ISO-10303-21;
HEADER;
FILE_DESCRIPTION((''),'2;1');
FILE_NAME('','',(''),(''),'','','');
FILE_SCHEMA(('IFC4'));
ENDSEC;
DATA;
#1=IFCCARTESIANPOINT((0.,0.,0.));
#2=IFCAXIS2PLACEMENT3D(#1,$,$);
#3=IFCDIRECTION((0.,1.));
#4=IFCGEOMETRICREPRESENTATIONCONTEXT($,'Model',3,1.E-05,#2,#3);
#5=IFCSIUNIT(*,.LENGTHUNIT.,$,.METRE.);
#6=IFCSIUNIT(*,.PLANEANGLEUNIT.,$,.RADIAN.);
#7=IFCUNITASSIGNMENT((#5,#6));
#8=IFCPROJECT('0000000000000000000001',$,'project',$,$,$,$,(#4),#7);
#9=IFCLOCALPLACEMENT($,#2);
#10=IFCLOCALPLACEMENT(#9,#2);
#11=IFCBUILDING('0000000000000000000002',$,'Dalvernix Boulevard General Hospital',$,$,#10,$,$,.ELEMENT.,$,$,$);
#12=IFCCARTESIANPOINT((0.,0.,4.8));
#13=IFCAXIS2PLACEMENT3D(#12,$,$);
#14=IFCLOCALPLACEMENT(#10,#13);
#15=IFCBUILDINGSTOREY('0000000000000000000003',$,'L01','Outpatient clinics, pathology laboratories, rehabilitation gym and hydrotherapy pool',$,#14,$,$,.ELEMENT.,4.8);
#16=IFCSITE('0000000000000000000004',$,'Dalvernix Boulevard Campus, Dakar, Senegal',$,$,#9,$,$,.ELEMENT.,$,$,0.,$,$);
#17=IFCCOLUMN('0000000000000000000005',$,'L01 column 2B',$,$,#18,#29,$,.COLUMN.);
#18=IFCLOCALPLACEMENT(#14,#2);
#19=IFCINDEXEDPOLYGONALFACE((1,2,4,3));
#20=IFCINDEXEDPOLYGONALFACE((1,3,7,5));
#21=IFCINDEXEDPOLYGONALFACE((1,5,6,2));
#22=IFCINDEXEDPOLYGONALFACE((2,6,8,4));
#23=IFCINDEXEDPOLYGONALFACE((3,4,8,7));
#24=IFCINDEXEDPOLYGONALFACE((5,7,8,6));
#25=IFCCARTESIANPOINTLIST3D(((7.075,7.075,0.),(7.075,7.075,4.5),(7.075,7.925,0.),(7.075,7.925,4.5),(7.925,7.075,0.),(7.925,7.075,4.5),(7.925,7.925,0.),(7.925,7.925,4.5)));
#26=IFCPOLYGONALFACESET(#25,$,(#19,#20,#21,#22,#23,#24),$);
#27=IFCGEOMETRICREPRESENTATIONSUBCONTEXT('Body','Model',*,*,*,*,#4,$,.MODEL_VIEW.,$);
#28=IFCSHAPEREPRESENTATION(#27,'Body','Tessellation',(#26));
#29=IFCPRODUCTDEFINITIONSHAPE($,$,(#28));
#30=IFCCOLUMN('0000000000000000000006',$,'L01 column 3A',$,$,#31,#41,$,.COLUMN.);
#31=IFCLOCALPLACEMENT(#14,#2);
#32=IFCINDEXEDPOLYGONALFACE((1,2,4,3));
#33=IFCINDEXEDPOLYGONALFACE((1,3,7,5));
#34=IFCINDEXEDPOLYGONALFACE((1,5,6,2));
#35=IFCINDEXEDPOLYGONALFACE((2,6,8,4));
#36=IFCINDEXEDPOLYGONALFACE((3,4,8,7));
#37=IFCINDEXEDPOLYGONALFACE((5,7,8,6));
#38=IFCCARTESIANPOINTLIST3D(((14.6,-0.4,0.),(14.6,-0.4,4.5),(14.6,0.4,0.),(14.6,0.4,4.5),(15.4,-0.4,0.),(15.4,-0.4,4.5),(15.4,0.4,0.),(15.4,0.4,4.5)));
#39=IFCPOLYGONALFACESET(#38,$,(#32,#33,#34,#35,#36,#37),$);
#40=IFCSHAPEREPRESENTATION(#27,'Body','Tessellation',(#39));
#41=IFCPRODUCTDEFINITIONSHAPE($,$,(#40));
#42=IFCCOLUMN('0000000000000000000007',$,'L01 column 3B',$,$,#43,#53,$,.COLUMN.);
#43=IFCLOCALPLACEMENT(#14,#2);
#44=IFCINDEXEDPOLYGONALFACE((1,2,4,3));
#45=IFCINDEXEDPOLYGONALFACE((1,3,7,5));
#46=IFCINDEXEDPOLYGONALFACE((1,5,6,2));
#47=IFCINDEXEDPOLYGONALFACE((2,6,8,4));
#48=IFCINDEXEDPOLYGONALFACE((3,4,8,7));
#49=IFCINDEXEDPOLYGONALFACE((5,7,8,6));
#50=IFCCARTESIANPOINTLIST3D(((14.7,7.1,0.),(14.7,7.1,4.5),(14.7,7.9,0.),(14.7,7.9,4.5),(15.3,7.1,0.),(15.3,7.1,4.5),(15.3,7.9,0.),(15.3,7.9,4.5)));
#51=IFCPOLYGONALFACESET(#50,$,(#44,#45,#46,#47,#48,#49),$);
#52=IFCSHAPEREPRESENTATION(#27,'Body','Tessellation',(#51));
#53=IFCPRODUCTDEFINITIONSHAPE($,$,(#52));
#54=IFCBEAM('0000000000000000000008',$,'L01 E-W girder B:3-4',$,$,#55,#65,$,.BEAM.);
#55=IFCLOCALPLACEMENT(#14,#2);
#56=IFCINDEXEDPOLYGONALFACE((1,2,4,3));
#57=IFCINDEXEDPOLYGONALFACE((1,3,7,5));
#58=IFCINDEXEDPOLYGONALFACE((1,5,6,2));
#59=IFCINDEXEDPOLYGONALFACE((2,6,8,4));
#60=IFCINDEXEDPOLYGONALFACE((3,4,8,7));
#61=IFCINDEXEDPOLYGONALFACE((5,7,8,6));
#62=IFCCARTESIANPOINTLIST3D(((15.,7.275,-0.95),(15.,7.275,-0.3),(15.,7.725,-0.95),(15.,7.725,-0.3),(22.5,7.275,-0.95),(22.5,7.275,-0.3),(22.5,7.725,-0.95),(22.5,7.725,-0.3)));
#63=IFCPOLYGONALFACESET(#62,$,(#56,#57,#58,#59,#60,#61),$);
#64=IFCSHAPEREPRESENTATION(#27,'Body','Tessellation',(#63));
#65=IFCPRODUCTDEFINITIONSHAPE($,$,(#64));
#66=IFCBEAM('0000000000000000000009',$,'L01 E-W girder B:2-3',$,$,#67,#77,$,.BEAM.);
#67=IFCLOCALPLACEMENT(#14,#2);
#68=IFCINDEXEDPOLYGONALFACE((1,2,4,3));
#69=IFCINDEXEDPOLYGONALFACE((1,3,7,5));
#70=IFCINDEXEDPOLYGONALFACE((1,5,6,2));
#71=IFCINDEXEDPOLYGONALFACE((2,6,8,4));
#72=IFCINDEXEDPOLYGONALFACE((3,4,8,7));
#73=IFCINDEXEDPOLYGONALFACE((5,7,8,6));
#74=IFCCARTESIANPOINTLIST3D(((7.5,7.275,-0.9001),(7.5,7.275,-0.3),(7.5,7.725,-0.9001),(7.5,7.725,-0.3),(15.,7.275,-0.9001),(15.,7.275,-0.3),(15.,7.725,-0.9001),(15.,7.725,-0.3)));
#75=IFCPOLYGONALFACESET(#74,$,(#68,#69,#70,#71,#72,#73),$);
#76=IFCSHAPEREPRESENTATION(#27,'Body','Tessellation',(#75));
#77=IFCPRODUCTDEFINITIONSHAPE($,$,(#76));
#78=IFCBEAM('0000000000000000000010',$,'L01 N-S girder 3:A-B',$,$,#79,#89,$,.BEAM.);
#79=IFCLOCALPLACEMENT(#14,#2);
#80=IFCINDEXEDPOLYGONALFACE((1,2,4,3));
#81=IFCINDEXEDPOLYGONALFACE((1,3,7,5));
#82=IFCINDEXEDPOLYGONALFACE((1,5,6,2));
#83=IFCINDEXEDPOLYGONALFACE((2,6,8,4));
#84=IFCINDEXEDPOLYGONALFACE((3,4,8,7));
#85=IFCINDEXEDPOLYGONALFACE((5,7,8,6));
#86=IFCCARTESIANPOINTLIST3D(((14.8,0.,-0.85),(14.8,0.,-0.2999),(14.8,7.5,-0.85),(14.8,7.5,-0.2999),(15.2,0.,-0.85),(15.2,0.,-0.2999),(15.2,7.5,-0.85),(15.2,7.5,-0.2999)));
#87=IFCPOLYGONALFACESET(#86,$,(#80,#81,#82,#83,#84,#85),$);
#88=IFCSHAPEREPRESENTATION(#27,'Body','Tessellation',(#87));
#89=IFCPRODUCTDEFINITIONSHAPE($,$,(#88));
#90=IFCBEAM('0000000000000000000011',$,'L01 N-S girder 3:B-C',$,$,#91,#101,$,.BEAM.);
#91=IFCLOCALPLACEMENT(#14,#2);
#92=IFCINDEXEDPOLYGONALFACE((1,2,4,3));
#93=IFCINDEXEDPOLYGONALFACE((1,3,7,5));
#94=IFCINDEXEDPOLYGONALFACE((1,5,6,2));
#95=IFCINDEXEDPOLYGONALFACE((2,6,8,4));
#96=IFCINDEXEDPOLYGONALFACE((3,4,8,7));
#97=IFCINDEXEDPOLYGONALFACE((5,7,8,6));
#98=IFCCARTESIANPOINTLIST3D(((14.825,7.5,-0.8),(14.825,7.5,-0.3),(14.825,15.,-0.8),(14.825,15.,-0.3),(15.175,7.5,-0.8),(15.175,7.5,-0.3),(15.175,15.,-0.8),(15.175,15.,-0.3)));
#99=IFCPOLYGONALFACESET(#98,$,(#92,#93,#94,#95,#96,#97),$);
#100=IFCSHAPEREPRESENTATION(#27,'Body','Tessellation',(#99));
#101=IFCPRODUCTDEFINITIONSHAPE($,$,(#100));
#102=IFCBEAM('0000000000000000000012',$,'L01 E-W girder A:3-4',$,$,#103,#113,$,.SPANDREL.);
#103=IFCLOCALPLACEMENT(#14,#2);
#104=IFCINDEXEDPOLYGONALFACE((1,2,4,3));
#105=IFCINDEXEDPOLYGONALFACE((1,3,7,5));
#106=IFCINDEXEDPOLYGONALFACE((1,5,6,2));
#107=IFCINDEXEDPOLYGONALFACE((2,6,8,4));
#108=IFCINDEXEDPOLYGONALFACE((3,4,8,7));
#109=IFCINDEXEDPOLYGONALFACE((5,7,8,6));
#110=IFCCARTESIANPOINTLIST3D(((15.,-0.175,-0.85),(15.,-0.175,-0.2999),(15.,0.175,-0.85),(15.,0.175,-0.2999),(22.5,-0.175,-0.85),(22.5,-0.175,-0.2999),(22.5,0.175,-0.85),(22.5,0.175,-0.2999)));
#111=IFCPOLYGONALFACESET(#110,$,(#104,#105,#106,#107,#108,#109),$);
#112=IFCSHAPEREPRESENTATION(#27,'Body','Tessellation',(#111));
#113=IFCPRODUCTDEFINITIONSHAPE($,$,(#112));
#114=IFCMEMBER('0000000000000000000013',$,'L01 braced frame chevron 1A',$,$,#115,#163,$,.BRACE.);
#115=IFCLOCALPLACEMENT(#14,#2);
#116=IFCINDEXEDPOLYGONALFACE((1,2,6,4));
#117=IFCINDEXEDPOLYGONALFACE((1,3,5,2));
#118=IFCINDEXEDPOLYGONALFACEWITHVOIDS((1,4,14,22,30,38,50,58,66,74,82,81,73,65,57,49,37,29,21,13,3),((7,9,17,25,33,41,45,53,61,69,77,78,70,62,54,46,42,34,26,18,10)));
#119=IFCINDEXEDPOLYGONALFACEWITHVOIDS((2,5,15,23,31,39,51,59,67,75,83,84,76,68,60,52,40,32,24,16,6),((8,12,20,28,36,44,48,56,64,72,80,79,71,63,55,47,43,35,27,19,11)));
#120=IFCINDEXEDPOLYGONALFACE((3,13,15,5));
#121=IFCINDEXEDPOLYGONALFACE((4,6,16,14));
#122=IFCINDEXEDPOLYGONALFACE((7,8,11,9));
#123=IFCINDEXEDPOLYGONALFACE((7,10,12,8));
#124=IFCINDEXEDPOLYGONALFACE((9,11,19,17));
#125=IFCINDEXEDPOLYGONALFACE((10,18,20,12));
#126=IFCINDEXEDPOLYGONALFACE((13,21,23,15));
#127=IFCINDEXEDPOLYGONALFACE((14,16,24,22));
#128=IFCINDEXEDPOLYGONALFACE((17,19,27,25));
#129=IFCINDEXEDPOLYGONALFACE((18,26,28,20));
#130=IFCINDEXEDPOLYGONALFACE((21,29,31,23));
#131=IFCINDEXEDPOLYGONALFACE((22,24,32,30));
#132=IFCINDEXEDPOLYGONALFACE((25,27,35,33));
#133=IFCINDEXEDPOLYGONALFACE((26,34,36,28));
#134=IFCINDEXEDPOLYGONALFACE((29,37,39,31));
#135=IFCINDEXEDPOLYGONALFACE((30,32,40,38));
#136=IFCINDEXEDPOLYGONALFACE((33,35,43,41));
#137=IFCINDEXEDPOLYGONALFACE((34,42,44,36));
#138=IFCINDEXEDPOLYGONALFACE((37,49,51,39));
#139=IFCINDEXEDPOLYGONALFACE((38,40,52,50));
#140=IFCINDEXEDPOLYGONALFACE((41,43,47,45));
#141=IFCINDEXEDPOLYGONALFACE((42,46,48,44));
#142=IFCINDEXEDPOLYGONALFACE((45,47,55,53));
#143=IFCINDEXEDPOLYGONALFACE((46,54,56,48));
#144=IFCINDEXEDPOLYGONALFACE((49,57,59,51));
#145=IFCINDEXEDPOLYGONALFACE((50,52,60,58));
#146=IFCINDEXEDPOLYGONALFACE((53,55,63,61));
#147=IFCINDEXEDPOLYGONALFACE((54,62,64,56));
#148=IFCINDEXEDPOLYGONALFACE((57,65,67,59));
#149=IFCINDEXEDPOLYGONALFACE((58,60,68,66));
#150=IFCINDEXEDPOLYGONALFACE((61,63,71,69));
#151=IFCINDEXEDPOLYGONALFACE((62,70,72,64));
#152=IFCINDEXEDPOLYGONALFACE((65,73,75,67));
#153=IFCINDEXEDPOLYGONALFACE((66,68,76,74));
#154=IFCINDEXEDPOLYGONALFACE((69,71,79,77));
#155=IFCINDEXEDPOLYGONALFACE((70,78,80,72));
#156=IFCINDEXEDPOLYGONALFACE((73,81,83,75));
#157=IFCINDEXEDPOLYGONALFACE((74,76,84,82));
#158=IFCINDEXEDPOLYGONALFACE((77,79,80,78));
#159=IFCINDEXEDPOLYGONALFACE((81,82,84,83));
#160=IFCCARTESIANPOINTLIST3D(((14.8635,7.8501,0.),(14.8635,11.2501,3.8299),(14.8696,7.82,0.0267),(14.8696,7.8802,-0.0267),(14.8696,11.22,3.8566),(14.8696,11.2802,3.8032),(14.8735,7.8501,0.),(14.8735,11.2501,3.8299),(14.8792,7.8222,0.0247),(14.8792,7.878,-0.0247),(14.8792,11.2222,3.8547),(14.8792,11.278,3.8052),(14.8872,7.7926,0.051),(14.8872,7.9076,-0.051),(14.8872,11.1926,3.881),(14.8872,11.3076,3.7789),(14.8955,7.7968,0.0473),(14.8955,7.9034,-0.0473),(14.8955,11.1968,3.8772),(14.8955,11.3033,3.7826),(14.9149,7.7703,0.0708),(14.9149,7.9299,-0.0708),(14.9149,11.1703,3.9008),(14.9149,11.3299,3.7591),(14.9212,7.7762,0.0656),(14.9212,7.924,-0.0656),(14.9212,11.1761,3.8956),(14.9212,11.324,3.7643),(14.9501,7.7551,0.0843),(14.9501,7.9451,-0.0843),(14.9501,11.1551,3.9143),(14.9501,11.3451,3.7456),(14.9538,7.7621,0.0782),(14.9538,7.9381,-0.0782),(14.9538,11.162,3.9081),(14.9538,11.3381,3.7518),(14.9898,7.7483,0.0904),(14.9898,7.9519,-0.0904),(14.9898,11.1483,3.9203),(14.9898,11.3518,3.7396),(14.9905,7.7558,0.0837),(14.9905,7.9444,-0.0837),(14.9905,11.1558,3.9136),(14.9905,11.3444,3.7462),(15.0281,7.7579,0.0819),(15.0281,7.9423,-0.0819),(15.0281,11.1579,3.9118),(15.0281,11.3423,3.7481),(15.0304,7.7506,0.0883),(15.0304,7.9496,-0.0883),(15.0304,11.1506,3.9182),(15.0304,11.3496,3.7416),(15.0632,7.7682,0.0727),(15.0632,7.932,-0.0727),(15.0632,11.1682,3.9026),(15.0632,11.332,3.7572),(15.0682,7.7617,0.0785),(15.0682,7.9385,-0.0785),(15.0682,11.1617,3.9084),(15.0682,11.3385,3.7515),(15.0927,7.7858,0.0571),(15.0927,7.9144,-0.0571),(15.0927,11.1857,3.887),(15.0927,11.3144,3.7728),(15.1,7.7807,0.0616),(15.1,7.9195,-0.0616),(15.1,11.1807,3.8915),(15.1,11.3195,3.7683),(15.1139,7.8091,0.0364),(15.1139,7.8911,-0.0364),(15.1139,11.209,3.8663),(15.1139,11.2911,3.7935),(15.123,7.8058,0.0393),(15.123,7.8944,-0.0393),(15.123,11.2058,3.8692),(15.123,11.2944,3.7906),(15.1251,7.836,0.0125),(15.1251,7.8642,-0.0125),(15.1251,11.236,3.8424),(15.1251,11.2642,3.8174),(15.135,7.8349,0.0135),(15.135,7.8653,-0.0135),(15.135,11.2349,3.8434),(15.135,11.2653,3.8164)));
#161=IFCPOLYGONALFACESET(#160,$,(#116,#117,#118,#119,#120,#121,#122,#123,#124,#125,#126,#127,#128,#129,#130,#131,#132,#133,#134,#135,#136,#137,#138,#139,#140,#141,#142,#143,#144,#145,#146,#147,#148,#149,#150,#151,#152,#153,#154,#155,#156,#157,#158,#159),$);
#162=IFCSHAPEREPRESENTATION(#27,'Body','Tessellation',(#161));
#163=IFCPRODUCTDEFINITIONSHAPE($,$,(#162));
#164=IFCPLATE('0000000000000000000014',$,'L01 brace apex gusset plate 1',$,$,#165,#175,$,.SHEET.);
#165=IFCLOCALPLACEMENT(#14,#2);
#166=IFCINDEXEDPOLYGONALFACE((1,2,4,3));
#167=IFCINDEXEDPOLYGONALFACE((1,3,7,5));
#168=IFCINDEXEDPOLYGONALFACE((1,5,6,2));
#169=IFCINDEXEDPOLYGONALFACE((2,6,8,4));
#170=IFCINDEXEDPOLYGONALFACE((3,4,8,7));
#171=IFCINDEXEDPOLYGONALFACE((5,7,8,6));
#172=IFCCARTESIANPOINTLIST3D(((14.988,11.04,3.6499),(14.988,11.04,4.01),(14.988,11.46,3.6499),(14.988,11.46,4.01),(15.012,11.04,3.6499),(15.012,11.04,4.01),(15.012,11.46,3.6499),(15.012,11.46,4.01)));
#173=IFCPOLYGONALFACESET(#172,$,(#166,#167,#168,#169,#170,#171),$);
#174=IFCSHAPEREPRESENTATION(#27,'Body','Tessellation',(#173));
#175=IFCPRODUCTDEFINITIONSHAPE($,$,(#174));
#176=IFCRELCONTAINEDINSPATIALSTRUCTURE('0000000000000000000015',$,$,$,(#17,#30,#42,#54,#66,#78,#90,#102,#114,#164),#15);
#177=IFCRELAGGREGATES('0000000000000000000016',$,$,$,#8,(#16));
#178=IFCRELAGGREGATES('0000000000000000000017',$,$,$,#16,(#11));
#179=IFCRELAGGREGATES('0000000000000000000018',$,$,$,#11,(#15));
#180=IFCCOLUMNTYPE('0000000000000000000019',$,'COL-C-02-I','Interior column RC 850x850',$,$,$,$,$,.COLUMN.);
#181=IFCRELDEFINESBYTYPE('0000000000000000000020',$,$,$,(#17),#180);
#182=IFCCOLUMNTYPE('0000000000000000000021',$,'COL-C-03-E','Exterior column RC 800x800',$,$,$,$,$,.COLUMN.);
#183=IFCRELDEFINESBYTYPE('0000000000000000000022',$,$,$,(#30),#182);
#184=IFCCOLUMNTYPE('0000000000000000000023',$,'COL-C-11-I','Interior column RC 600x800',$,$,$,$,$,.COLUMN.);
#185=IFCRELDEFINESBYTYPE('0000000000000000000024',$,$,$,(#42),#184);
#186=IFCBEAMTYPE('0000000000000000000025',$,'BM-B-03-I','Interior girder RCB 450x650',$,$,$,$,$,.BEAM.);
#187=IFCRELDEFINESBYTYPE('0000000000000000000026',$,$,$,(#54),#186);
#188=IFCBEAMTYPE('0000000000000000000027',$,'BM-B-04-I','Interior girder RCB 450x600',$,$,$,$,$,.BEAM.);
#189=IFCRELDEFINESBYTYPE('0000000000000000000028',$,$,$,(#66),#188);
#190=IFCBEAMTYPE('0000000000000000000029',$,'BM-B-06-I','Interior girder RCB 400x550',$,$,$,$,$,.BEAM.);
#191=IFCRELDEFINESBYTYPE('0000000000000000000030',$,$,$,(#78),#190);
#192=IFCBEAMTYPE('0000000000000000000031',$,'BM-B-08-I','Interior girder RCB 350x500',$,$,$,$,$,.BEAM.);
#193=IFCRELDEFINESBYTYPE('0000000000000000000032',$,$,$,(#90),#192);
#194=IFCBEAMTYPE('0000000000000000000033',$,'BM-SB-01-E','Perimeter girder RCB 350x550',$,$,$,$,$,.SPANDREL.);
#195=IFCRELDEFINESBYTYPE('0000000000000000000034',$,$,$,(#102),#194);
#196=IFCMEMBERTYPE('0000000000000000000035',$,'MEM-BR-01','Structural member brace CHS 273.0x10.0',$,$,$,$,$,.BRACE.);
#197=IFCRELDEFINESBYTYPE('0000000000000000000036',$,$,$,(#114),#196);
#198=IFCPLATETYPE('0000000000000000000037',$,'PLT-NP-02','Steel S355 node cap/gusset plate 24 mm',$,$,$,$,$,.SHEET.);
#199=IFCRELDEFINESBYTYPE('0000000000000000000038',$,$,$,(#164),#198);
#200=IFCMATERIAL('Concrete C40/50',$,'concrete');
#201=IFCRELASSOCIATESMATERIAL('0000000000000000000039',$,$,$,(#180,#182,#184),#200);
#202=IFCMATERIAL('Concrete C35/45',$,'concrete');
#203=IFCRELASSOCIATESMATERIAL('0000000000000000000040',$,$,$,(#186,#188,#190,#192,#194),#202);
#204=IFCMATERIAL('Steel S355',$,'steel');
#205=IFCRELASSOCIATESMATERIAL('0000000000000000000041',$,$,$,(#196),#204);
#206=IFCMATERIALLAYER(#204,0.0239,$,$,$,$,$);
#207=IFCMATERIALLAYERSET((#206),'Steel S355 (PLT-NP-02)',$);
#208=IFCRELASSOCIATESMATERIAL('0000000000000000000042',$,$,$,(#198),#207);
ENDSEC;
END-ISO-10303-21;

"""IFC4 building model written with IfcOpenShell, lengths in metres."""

from ifc_helpers import new_model, si_unit, direction, frame, origin, origin_2d, place, context, subcontext, project, spatial, rectangle, hollow_circle, extrude, material, layer, layer_set, material_profile, profile_set, type_object, element, save


model = new_model("IFC4")

# Units and contexts
model_context = context("Model", 3, precision=1e-05, world=origin(), true_north=direction((0.0, 1.0)))
body_context = subcontext(model_context, "Body", "Model", "MODEL_VIEW")
ifc_project = project(units=[si_unit("LENGTHUNIT", "METRE"), si_unit("PLANEANGLEUNIT", "RADIAN")], contexts=[model_context])

# Site, building, storey
site_placement = place(None, origin())
site = spatial("IfcSite", under=ifc_project, at=site_placement, Name="Dalvernix Boulevard Campus, Dakar, Senegal", CompositionType="ELEMENT", RefElevation=0.0)
building_placement = place(site_placement, origin())
building = spatial("IfcBuilding", under=site, at=building_placement, Name="Dalvernix Boulevard General Hospital", CompositionType="ELEMENT")
storey_placement = place(building_placement, frame((0.0, 0.0, 4.8)))
storey = spatial("IfcBuildingStorey", under=building, at=storey_placement, Name="L01", Description="Outpatient clinics, pathology laboratories, rehabilitation gym and hydrotherapy pool", CompositionType="ELEMENT", Elevation=4.8)

# Columns
ifc_material_1 = material(Name="Concrete C40/50", Category="concrete")
ifc_material_profile_1 = material_profile(ifc_material_1, rectangle(XDim=0.8501, YDim=0.8501, at=origin_2d()), Name="RC 850x850")
ifc_profile_set_1 = profile_set([ifc_material_profile_1], Name="Concrete C40/50")
column_type_1 = type_object("IfcColumnType", Name="COL-C-02-I", Description="Interior column RC 850x850", PredefinedType="COLUMN", material=ifc_profile_set_1)
column_1_placement = place(storey_placement, frame((7.5, 7.5, 0.0), z_axis=(0.0, 0.0, 1.0), x_axis=(1.0, 0.0, 0.0)))
element("IfcColumn", 1, at=column_1_placement, inside=storey, type_object=column_type_1, Name="L01 column 2B", PredefinedType="COLUMN", context=body_context, shape_type="SweptSolid", body=[
    extrude(rectangle(XDim=0.8501, YDim=0.8501, at=origin_2d()), origin(), (0.0, 0.0, 1.0), 4.5),
])
ifc_material_profile_2 = material_profile(ifc_material_1, rectangle(XDim=0.8, YDim=0.8, at=origin_2d()), Name="RC 800x800")
ifc_profile_set_2 = profile_set([ifc_material_profile_2], Name="Concrete C40/50")
column_type_2 = type_object("IfcColumnType", Name="COL-C-03-E", Description="Exterior column RC 800x800", PredefinedType="COLUMN", material=ifc_profile_set_2)
column_2_placement = place(storey_placement, frame((15.0, 0.0, 0.0), z_axis=(0.0, 0.0, 1.0), x_axis=(1.0, 0.0, 0.0)))
element("IfcColumn", 2, at=column_2_placement, inside=storey, type_object=column_type_2, Name="L01 column 3A", PredefinedType="COLUMN", context=body_context, shape_type="SweptSolid", body=[
    extrude(rectangle(XDim=0.8, YDim=0.8, at=origin_2d()), origin(), (0.0, 0.0, 1.0), 4.5),
])
ifc_material_profile_3 = material_profile(ifc_material_1, rectangle(XDim=0.6001, YDim=0.8, at=origin_2d()), Name="RC 600x800")
ifc_profile_set_3 = profile_set([ifc_material_profile_3], Name="Concrete C40/50")
column_type_3 = type_object("IfcColumnType", Name="COL-C-11-I", Description="Interior column RC 600x800", PredefinedType="COLUMN", material=ifc_profile_set_3)
column_3_placement = place(storey_placement, frame((15.0, 7.5, 0.0), z_axis=(0.0, 0.0, 1.0), x_axis=(1.0, 0.0, 0.0)))
element("IfcColumn", 3, at=column_3_placement, inside=storey, type_object=column_type_3, Name="L01 column 3B", PredefinedType="COLUMN", context=body_context, shape_type="SweptSolid", body=[
    extrude(rectangle(XDim=0.6001, YDim=0.8, at=origin_2d()), origin(), (0.0, 0.0, 1.0), 4.5),
])

# Beams
ifc_material_2 = material(Name="Concrete C35/45", Category="concrete")
ifc_material_profile_4 = material_profile(ifc_material_2, rectangle(XDim=0.45, YDim=0.6499, at=origin_2d()), Name="RCB 450x650")
ifc_profile_set_4 = profile_set([ifc_material_profile_4], Name="Concrete C35/45")
beam_type_1 = type_object("IfcBeamType", Name="BM-B-03-I", Description="Interior girder RCB 450x650", PredefinedType="BEAM", material=ifc_profile_set_4)
beam_1_placement = place(storey_placement, frame((15.0, 7.5, -0.625), z_axis=(1.0, 0.0, 0.0), x_axis=(0.0, 1.0, 0.0)))
element("IfcBeam", 4, at=beam_1_placement, inside=storey, type_object=beam_type_1, Name="L01 E-W girder B:3-4", PredefinedType="BEAM", context=body_context, shape_type="SweptSolid", body=[
    extrude(rectangle(XDim=0.45, YDim=0.6499, at=origin_2d()), origin(), (0.0, 0.0, 1.0), 7.5),
])
ifc_material_profile_5 = material_profile(ifc_material_2, rectangle(XDim=0.45, YDim=0.6001, at=origin_2d()), Name="RCB 450x600")
ifc_profile_set_5 = profile_set([ifc_material_profile_5], Name="Concrete C35/45")
beam_type_2 = type_object("IfcBeamType", Name="BM-B-04-I", Description="Interior girder RCB 450x600", PredefinedType="BEAM", material=ifc_profile_set_5)
beam_2_placement = place(storey_placement, frame((7.5, 7.5, -0.6001), z_axis=(1.0, 0.0, 0.0), x_axis=(0.0, 1.0, 0.0)))
element("IfcBeam", 5, at=beam_2_placement, inside=storey, type_object=beam_type_2, Name="L01 E-W girder B:2-3", PredefinedType="BEAM", context=body_context, shape_type="SweptSolid", body=[
    extrude(rectangle(XDim=0.45, YDim=0.6001, at=origin_2d()), origin(), (0.0, 0.0, 1.0), 7.5),
])
ifc_material_profile_6 = material_profile(ifc_material_2, rectangle(XDim=0.3999, YDim=0.55, at=origin_2d()), Name="RCB 400x550")
ifc_profile_set_6 = profile_set([ifc_material_profile_6], Name="Concrete C35/45")
beam_type_3 = type_object("IfcBeamType", Name="BM-B-06-I", Description="Interior girder RCB 400x550", PredefinedType="BEAM", material=ifc_profile_set_6)
beam_3_placement = place(storey_placement, frame((15.0, 0.0, -0.575), z_axis=(0.0, 1.0, 0.0), x_axis=(-1.0, 0.0, 0.0)))
element("IfcBeam", 6, at=beam_3_placement, inside=storey, type_object=beam_type_3, Name="L01 N-S girder 3:A-B", PredefinedType="BEAM", context=body_context, shape_type="SweptSolid", body=[
    extrude(rectangle(XDim=0.3999, YDim=0.55, at=origin_2d()), origin(), (0.0, 0.0, 1.0), 7.5),
])
ifc_material_profile_7 = material_profile(ifc_material_2, rectangle(XDim=0.3501, YDim=0.5, at=origin_2d()), Name="RCB 350x500")
ifc_profile_set_7 = profile_set([ifc_material_profile_7], Name="Concrete C35/45")
beam_type_4 = type_object("IfcBeamType", Name="BM-B-08-I", Description="Interior girder RCB 350x500", PredefinedType="BEAM", material=ifc_profile_set_7)
beam_4_placement = place(storey_placement, frame((15.0, 7.5, -0.55), z_axis=(0.0, 1.0, 0.0), x_axis=(-1.0, 0.0, 0.0)))
element("IfcBeam", 7, at=beam_4_placement, inside=storey, type_object=beam_type_4, Name="L01 N-S girder 3:B-C", PredefinedType="BEAM", context=body_context, shape_type="SweptSolid", body=[
    extrude(rectangle(XDim=0.3501, YDim=0.5, at=origin_2d()), origin(), (0.0, 0.0, 1.0), 7.5),
])
ifc_material_profile_8 = material_profile(ifc_material_2, rectangle(XDim=0.3501, YDim=0.55, at=origin_2d()), Name="RCB 350x550")
ifc_profile_set_8 = profile_set([ifc_material_profile_8], Name="Concrete C35/45")
beam_type_5 = type_object("IfcBeamType", Name="BM-SB-01-E", Description="Perimeter girder RCB 350x550", PredefinedType="SPANDREL", material=ifc_profile_set_8)
beam_5_placement = place(storey_placement, frame((15.0, 0.0, -0.575), z_axis=(1.0, 0.0, 0.0), x_axis=(0.0, 1.0, 0.0)))
element("IfcBeam", 8, at=beam_5_placement, inside=storey, type_object=beam_type_5, Name="L01 E-W girder A:3-4", PredefinedType="SPANDREL", context=body_context, shape_type="SweptSolid", body=[
    extrude(rectangle(XDim=0.3501, YDim=0.55, at=origin_2d()), origin(), (0.0, 0.0, 1.0), 7.5),
])

# Member
ifc_material_3 = material(Name="Steel S355", Category="steel")
ifc_material_profile_9 = material_profile(ifc_material_3, hollow_circle(Radius=0.1365, WallThickness=0.01, at=origin_2d()), Name="CHS 273.0x10.0")
ifc_profile_set_9 = profile_set([ifc_material_profile_9], Name="Steel S355")
member_type = type_object("IfcMemberType", Name="MEM-BR-01", Description="Structural member brace CHS 273.0x10.0", PredefinedType="BRACE", material=ifc_profile_set_9)
member_placement = place(storey_placement, frame((15.0, 7.8501, 0.0), z_axis=(0.0, 0.663884, 0.747835), x_axis=(-1.0, 0.0, 0.0)))
element("IfcMember", 9, at=member_placement, inside=storey, type_object=member_type, Name="L01 braced frame chevron 1A", PredefinedType="BRACE", context=body_context, shape_type="SweptSolid", body=[
    extrude(hollow_circle(Radius=0.1365, WallThickness=0.01, at=origin_2d()), origin(), (0.0, 0.0, 1.0), 5.1213),
])

# Plate
ifc_layer_1 = layer(ifc_material_3, 0.0239)
ifc_layer_set_1 = layer_set([ifc_layer_1], Name="Steel S355 (PLT-NP-02)")
plate_type = type_object("IfcPlateType", Name="PLT-NP-02", Description="Steel S355 node cap/gusset plate 24 mm", PredefinedType="SHEET", material=ifc_layer_set_1)
plate_1_placement = place(storey_placement, frame((15.0, 11.25, 3.6499), z_axis=(0.0, 0.0, 1.0), x_axis=(0.0, 1.0, 0.0)))
element("IfcPlate", 10, at=plate_1_placement, inside=storey, type_object=plate_type, Name="L01 brace apex gusset plate 1", PredefinedType="SHEET", context=body_context, shape_type="SweptSolid", body=[
    extrude(rectangle(XDim=0.4199, YDim=0.0239, at=origin_2d()), origin(), (0.0, 0.0, 1.0), 0.3601),
])

save(model, "model.ifc")
